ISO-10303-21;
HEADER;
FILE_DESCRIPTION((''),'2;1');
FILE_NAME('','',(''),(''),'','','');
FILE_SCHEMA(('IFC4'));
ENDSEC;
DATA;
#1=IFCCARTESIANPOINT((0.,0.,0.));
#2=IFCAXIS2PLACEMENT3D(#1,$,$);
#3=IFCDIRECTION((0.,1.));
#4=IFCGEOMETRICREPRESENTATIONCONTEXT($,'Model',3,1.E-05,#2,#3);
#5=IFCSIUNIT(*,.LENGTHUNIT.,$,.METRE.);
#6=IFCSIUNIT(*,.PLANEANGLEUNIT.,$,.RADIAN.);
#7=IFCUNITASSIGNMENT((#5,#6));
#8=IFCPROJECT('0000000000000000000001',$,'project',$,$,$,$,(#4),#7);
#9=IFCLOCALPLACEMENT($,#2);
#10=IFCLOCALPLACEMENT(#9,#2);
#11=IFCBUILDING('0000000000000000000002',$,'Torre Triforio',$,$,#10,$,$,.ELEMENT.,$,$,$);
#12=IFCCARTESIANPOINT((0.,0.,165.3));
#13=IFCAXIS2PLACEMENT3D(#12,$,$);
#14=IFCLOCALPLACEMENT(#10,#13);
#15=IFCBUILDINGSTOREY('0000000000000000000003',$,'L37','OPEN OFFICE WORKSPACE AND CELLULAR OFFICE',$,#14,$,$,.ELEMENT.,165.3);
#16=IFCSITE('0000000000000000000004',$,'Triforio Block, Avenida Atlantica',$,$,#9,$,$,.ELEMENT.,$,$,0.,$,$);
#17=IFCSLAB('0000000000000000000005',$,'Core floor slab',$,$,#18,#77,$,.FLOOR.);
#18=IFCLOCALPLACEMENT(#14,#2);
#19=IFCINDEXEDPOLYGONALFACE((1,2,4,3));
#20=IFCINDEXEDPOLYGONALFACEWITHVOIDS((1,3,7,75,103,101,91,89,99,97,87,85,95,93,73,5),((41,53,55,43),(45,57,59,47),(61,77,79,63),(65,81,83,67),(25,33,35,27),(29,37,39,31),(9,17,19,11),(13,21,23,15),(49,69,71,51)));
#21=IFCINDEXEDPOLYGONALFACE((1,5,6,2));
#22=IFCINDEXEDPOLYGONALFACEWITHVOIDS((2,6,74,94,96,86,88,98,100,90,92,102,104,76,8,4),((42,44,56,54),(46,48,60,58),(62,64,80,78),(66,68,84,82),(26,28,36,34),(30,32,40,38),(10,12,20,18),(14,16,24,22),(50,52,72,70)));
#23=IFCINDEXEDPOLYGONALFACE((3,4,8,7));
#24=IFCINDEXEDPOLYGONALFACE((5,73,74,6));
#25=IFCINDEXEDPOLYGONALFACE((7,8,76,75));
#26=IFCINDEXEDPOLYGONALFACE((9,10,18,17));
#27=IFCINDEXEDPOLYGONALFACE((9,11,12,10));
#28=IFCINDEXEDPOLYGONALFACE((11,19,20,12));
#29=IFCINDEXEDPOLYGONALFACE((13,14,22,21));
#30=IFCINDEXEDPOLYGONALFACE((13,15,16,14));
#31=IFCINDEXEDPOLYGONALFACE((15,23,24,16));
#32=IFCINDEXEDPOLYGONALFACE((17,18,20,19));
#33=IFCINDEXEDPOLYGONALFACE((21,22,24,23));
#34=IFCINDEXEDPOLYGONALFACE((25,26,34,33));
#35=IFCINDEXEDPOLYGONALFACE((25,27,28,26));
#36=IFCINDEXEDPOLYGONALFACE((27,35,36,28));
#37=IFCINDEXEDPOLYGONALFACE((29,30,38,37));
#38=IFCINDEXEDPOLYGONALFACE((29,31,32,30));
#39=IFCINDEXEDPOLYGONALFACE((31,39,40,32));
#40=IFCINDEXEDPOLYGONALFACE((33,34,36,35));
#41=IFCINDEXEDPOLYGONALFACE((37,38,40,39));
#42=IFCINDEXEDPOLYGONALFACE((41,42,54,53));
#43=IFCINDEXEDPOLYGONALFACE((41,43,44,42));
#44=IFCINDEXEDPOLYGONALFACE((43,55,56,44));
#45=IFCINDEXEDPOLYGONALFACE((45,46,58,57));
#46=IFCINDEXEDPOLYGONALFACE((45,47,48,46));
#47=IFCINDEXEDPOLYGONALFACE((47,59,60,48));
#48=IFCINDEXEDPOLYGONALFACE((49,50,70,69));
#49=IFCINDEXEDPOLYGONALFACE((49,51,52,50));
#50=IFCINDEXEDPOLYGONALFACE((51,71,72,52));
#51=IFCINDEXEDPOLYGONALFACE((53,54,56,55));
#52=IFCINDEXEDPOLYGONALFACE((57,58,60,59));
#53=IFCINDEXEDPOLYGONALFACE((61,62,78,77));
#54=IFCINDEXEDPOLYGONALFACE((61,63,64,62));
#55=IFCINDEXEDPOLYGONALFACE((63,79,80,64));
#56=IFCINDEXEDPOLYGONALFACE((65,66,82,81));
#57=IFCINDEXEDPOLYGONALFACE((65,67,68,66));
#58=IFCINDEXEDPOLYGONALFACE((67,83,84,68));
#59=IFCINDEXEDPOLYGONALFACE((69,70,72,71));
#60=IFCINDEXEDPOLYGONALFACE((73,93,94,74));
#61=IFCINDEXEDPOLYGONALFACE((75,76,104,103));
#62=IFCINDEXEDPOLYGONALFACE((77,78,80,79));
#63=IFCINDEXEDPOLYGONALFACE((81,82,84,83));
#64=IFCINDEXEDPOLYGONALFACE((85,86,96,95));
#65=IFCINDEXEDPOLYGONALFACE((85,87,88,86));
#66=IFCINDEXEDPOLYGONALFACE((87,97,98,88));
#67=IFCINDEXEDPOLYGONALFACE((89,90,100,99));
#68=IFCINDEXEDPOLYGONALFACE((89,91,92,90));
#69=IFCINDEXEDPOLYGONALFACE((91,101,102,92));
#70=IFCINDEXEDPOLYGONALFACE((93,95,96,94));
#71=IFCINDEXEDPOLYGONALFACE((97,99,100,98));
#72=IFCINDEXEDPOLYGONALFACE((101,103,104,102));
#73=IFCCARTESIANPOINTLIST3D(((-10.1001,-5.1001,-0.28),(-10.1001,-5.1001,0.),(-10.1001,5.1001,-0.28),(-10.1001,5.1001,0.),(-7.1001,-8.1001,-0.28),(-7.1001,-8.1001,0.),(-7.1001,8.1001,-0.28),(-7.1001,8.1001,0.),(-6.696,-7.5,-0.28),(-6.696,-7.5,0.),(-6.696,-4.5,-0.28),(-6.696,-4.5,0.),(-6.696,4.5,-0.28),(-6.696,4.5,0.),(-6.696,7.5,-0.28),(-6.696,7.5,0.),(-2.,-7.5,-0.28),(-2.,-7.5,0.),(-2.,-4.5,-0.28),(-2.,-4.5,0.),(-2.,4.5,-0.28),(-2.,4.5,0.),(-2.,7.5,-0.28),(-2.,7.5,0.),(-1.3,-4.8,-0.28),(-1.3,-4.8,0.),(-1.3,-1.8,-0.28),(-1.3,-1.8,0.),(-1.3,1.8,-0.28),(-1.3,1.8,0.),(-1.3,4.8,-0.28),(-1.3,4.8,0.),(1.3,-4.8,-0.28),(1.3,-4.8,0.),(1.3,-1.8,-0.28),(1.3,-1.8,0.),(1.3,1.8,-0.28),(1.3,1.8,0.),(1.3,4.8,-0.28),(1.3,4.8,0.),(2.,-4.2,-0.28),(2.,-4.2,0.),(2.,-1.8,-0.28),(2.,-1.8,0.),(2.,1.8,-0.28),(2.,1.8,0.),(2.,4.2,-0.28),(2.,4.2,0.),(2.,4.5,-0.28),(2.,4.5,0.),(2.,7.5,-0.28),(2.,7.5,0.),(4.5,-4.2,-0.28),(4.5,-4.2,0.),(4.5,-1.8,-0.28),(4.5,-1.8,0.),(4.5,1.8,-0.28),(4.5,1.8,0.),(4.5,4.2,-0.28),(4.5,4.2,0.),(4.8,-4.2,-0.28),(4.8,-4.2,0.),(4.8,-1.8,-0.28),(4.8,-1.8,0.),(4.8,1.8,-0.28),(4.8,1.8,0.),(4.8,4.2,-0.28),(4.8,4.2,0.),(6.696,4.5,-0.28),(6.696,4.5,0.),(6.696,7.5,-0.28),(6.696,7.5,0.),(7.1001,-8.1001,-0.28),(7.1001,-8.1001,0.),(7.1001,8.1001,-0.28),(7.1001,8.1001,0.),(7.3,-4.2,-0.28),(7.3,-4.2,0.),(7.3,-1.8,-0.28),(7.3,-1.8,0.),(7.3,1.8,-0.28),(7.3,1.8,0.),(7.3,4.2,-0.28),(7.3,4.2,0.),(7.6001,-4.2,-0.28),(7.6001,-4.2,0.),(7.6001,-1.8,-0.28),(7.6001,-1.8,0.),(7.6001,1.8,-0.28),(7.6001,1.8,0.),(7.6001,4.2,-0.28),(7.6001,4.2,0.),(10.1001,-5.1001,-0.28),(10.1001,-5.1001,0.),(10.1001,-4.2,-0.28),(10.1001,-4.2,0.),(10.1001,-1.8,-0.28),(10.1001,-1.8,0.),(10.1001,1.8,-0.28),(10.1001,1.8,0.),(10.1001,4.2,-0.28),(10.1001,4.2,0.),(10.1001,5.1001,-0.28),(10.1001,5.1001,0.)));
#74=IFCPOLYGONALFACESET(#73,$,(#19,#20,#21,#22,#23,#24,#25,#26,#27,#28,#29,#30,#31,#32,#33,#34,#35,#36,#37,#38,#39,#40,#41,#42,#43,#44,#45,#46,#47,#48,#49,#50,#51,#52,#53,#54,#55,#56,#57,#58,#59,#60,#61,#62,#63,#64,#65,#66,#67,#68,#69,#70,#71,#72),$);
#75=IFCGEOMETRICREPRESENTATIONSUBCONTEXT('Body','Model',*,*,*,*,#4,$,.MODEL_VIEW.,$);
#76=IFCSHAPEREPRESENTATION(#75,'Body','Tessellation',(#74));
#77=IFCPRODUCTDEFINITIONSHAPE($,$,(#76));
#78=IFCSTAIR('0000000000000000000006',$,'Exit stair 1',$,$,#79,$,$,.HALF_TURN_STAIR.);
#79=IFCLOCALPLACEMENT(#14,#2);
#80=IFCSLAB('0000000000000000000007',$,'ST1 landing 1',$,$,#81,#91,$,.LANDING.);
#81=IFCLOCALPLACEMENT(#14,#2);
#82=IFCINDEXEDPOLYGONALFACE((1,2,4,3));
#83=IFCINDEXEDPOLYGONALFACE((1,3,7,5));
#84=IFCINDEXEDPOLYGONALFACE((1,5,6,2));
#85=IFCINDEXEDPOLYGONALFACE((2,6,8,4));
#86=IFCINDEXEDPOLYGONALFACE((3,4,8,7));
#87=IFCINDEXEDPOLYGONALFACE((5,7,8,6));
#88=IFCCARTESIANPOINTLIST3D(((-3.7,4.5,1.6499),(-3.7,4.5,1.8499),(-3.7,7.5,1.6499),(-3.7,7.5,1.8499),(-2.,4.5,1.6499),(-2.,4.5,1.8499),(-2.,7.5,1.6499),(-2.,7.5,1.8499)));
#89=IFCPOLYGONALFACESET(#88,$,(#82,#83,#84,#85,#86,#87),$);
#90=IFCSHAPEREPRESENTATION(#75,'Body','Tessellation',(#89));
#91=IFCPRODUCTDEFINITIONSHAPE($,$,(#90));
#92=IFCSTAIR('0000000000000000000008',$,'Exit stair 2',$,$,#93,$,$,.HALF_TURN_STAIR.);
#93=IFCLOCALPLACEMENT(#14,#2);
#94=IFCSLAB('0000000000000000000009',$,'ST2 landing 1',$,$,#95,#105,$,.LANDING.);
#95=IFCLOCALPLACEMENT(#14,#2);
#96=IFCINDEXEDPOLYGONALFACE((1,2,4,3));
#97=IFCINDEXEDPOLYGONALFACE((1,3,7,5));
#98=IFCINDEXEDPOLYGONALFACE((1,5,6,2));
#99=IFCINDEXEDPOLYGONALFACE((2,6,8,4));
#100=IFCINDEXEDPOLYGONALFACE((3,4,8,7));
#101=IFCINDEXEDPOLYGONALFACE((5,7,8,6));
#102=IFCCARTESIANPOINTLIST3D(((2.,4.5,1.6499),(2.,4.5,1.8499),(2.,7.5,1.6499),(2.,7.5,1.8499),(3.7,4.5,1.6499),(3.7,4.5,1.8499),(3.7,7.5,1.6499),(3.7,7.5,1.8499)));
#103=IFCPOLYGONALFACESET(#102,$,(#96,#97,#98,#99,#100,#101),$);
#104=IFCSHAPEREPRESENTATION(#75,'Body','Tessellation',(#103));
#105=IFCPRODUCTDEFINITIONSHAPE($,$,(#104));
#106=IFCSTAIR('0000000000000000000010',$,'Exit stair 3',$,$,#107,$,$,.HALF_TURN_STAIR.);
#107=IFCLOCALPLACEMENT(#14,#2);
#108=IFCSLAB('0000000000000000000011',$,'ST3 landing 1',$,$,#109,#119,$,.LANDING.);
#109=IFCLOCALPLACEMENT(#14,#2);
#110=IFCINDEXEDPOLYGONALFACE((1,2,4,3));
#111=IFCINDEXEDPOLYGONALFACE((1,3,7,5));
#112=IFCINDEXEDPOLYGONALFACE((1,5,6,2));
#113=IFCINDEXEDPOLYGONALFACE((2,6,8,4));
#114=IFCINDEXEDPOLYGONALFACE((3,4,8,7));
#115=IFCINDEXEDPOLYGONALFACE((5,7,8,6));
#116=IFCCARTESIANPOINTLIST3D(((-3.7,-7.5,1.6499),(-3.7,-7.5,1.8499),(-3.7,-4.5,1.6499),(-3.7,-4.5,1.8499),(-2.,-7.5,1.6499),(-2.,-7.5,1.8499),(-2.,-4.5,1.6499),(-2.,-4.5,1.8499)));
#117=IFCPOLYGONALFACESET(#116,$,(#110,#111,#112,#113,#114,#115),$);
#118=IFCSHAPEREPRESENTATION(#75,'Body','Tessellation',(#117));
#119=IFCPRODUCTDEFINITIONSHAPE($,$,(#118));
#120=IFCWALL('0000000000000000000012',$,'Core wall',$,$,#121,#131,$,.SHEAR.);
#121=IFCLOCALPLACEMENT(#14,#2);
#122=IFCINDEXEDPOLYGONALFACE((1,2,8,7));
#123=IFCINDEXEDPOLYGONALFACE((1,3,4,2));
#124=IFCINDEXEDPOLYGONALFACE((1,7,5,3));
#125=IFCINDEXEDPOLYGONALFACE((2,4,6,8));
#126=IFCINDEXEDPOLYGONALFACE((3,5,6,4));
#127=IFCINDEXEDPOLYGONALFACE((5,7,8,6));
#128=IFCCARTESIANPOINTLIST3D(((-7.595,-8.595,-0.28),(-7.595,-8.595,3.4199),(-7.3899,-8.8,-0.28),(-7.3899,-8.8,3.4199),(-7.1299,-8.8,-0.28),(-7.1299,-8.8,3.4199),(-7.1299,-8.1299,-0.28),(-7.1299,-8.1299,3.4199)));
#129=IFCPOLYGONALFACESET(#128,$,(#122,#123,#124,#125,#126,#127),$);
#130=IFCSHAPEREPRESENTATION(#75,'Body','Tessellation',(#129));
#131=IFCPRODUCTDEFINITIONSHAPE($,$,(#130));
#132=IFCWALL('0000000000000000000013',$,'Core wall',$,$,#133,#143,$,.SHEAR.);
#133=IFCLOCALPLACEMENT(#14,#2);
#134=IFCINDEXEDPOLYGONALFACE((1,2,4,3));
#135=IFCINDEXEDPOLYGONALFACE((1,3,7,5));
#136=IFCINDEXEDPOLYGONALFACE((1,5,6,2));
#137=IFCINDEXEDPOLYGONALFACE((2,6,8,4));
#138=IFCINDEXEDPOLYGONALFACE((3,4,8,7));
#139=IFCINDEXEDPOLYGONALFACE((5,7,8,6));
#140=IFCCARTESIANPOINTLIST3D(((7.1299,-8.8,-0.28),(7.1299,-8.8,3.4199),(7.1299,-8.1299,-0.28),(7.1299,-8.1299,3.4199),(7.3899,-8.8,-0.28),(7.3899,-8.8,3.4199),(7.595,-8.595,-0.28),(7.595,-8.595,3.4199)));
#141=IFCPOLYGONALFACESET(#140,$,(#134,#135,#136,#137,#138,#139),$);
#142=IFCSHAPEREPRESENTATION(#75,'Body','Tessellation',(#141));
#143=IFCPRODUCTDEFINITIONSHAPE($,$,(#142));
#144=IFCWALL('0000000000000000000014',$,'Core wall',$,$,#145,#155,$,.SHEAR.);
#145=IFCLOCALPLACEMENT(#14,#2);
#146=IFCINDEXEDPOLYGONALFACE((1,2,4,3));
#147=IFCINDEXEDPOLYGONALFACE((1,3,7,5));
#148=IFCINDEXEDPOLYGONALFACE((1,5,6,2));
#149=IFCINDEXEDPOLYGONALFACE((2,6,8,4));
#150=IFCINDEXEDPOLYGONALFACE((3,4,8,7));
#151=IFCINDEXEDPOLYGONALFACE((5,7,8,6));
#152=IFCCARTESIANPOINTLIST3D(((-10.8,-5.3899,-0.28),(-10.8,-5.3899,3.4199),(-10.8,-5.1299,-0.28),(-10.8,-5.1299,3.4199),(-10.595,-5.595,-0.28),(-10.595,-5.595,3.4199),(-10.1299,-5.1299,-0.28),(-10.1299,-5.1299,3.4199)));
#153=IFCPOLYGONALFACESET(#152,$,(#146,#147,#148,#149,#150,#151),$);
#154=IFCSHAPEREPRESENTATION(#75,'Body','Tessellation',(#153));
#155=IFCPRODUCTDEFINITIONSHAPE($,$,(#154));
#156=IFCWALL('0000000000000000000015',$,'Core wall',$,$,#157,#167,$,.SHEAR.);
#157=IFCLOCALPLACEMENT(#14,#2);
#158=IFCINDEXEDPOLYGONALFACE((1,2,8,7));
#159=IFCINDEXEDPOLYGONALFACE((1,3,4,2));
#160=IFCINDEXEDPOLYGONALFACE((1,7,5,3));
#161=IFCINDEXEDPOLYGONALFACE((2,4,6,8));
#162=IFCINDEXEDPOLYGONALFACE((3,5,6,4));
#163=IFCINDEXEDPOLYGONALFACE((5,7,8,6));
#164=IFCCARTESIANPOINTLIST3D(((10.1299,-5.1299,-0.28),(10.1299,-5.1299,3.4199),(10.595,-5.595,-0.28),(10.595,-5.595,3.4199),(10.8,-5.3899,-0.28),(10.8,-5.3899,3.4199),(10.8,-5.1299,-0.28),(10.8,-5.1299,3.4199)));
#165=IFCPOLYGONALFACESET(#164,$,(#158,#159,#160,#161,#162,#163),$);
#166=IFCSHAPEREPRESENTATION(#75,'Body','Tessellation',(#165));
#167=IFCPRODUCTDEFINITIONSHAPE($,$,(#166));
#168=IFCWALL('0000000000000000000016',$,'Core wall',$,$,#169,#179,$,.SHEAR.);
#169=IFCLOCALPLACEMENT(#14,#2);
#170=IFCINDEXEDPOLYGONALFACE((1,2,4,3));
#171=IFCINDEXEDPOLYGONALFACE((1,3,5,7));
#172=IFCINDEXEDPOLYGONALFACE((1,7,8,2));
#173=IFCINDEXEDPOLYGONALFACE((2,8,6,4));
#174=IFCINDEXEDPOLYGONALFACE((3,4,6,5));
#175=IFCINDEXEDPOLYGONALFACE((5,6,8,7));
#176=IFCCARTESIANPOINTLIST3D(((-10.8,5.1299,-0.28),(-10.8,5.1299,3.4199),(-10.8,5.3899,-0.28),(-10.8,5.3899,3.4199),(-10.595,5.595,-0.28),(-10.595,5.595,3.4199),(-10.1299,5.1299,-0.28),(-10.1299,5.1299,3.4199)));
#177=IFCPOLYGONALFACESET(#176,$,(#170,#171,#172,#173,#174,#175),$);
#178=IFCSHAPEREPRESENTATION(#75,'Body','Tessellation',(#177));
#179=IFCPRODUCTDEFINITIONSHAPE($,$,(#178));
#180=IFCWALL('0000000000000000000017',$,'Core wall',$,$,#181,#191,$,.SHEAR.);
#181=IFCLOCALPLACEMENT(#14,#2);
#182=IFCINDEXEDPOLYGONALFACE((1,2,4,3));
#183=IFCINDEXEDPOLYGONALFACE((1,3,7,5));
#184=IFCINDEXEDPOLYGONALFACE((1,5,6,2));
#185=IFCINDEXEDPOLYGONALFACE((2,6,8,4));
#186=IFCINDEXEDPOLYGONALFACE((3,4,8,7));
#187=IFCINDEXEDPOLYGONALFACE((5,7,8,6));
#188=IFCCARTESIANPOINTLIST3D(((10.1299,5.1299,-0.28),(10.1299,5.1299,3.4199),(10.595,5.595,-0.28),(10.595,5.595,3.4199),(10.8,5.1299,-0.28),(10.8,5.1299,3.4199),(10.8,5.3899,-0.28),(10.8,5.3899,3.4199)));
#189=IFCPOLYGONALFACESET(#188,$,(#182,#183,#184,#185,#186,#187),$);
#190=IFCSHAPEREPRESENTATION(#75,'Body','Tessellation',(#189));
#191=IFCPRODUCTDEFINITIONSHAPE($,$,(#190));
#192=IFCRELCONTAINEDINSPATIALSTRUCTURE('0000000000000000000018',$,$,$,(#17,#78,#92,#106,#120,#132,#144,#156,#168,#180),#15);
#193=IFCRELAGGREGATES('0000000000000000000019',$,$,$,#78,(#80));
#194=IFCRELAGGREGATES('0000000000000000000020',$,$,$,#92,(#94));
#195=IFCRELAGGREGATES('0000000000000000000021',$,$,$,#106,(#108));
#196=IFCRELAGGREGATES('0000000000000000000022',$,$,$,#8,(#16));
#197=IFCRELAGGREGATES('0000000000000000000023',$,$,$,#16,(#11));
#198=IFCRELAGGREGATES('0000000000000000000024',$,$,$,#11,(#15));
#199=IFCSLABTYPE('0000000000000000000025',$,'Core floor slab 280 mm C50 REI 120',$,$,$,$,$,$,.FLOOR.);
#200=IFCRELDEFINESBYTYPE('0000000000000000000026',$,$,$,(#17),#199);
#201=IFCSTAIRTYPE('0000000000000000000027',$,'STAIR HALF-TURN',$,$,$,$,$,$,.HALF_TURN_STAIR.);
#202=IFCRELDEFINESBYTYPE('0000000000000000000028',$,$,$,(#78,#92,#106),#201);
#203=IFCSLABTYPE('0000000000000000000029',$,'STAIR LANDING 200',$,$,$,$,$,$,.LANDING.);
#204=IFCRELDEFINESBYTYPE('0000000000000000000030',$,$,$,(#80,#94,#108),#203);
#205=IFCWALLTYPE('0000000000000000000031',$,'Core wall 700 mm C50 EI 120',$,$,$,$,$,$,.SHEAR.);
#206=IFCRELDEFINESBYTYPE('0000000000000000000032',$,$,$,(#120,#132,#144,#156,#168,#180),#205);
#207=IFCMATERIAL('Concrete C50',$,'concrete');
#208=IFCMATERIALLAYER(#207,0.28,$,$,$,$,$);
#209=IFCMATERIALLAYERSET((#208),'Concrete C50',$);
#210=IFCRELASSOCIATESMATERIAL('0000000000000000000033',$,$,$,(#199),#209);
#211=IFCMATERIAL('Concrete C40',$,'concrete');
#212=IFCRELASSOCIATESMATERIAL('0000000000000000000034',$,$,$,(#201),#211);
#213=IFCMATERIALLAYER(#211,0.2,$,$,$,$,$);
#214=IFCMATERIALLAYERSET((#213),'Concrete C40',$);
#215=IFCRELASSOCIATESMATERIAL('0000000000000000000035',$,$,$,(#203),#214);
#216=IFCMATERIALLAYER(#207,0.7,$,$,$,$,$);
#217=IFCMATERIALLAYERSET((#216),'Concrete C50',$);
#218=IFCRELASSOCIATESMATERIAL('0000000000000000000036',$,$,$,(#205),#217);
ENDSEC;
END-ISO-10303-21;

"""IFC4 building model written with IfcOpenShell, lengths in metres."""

from ifc_helpers import new_model, si_unit, direction, frame, origin, place, context, subcontext, project, spatial, polyline, outline, extrude, material, layer, layer_set, type_object, element, aggregate, save


model = new_model("IFC4")

# Units and contexts
model_context = context("Model", 3, precision=1e-05, world=origin(), true_north=direction((0.0, 1.0)))
body_context = subcontext(model_context, "Body", "Model", "MODEL_VIEW")
ifc_project = project(units=[si_unit("LENGTHUNIT", "METRE"), si_unit("PLANEANGLEUNIT", "RADIAN")], contexts=[model_context])

# Site, building, storey
site_placement = place(None, origin())
site = spatial("IfcSite", under=ifc_project, at=site_placement, Name="Triforio Block, Avenida Atlantica", CompositionType="ELEMENT", RefElevation=0.0)
building_placement = place(site_placement, origin())
building = spatial("IfcBuilding", under=site, at=building_placement, Name="Torre Triforio", CompositionType="ELEMENT")
storey_placement = place(building_placement, frame((0.0, 0.0, 165.3)))
storey = spatial("IfcBuildingStorey", under=building, at=storey_placement, Name="L37", Description="OPEN OFFICE WORKSPACE AND CELLULAR OFFICE", CompositionType="ELEMENT", Elevation=165.3)

# Slab
ifc_material_1 = material(Name="Concrete C50", Category="concrete")
ifc_layer_1 = layer(ifc_material_1, 0.28)
ifc_layer_set_1 = layer_set([ifc_layer_1], Name="Concrete C50")
slab_type_1 = type_object("IfcSlabType", Name="Core floor slab 280 mm C50 REI 120", PredefinedType="FLOOR", material=ifc_layer_set_1)
slab_1_placement = place(storey_placement, frame((0.0, 0.0, -0.28)))
element("IfcSlab", 1, at=slab_1_placement, inside=storey, type_object=slab_type_1, Name="Core floor slab", PredefinedType="FLOOR", context=body_context, shape_type="SweptSolid", body=[
    extrude(outline(polyline([(10.1001, -5.1001), (7.1001, -8.1001), (-7.1001, -8.1001), (-10.1001, -5.1001), (-10.1001, 5.1001), (-7.1001, 8.1001), (7.1001, 8.1001), (10.1001, 5.1001), (10.1001, 4.2), (7.6001, 4.2), (7.6001, 1.8), (10.1001, 1.8), (10.1001, -1.8), (7.6001, -1.8), (7.6001, -4.2), (10.1001, -4.2), (10.1001, -5.1001)]), holes=[polyline([(-6.696, -4.5), (-6.696, -7.5), (-2.0, -7.5), (-2.0, -4.5), (-6.696, -4.5)]), polyline([(-1.3, -1.8), (-1.3, -4.8), (1.3, -4.8), (1.3, -1.8), (-1.3, -1.8)]), polyline([(2.0, -1.8), (2.0, -4.2), (4.5, -4.2), (4.5, -1.8), (2.0, -1.8)]), polyline([(4.5, 4.2), (2.0, 4.2), (2.0, 1.8), (4.5, 1.8), (4.5, 4.2)]), polyline([(1.3, 4.8), (-1.3, 4.8), (-1.3, 1.8), (1.3, 1.8), (1.3, 4.8)]), polyline([(-6.696, 7.5), (-6.696, 4.5), (-2.0, 4.5), (-2.0, 7.5), (-6.696, 7.5)]), polyline([(7.3, -1.8), (4.8, -1.8), (4.8, -4.2), (7.3, -4.2), (7.3, -1.8)]), polyline([(4.8, 4.2), (4.8, 1.8), (7.3, 1.8), (7.3, 4.2), (4.8, 4.2)]), polyline([(6.696, 7.5), (2.0, 7.5), (2.0, 4.5), (6.696, 4.5), (6.696, 7.5)])]), origin(), (0.0, 0.0, 1.0), 0.28),
])

# Stairs, slabs
ifc_material_2 = material(Name="Concrete C40", Category="concrete")
stair_type = type_object("IfcStairType", Name="STAIR HALF-TURN", PredefinedType="HALF_TURN_STAIR", material=ifc_material_2)
stair_1_placement = place(storey_placement, origin())
stair_1 = element("IfcStair", 2, at=stair_1_placement, inside=storey, type_object=stair_type, Name="Exit stair 1", PredefinedType="HALF_TURN_STAIR")
ifc_layer_2 = layer(ifc_material_2, 0.2)
ifc_layer_set_2 = layer_set([ifc_layer_2], Name="Concrete C40")
slab_type_2 = type_object("IfcSlabType", Name="STAIR LANDING 200", PredefinedType="LANDING", material=ifc_layer_set_2)
slab_2_placement = place(storey_placement, frame((0.0, 0.0, 1.6499)))
slab_2 = element("IfcSlab", 3, at=slab_2_placement, type_object=slab_type_2, Name="ST1 landing 1", PredefinedType="LANDING", context=body_context, shape_type="SweptSolid", body=[
    extrude(outline(polyline([(-2.0, 4.5), (-2.0, 7.5), (-3.7, 7.5), (-3.7, 4.5), (-2.0, 4.5)])), origin(), (0.0, 0.0, 1.0), 0.2),
])
aggregate(stair_1, [slab_2])
stair_2_placement = place(storey_placement, origin())
stair_2 = element("IfcStair", 4, at=stair_2_placement, inside=storey, type_object=stair_type, Name="Exit stair 2", PredefinedType="HALF_TURN_STAIR")
slab_3_placement = place(storey_placement, frame((0.0, 0.0, 1.6499)))
slab_3 = element("IfcSlab", 5, at=slab_3_placement, type_object=slab_type_2, Name="ST2 landing 1", PredefinedType="LANDING", context=body_context, shape_type="SweptSolid", body=[
    extrude(outline(polyline([(3.7, 4.5), (3.7, 7.5), (2.0, 7.5), (2.0, 4.5), (3.7, 4.5)])), origin(), (0.0, 0.0, 1.0), 0.2),
])
aggregate(stair_2, [slab_3])
stair_3_placement = place(storey_placement, origin())
stair_3 = element("IfcStair", 6, at=stair_3_placement, inside=storey, type_object=stair_type, Name="Exit stair 3", PredefinedType="HALF_TURN_STAIR")
slab_4_placement = place(storey_placement, frame((0.0, 0.0, 1.6499)))
slab_4 = element("IfcSlab", 7, at=slab_4_placement, type_object=slab_type_2, Name="ST3 landing 1", PredefinedType="LANDING", context=body_context, shape_type="SweptSolid", body=[
    extrude(outline(polyline([(-2.0, -7.5), (-2.0, -4.5), (-3.7, -4.5), (-3.7, -7.5), (-2.0, -7.5)])), origin(), (0.0, 0.0, 1.0), 0.2),
])
aggregate(stair_3, [slab_4])

# Walls
ifc_layer_3 = layer(ifc_material_1, 0.7)
ifc_layer_set_3 = layer_set([ifc_layer_3], Name="Concrete C50")
wall_type_1 = type_object("IfcWallType", Name="Core wall 700 mm C50 EI 120", PredefinedType="SHEAR", material=ifc_layer_set_3)
wall_1_placement = place(storey_placement, frame((0.0, 0.0, -0.28)))
element("IfcWall", 8, at=wall_1_placement, inside=storey, type_object=wall_type_1, Name="Core wall", PredefinedType="SHEAR", context=body_context, shape_type="SweptSolid", body=[
    extrude(outline(polyline([(-7.3899, -8.8), (-7.595, -8.595), (-7.595, -8.595), (-7.595, -8.595), (-7.1299, -8.1299), (-7.1299, -8.8), (-7.1299, -8.8), (-7.3899, -8.8)])), origin(), (0.0, 0.0, 1.0), 3.7),
])
wall_2_placement = place(storey_placement, frame((0.0, 0.0, -0.28)))
element("IfcWall", 9, at=wall_2_placement, inside=storey, type_object=wall_type_1, Name="Core wall", PredefinedType="SHEAR", context=body_context, shape_type="SweptSolid", body=[
    extrude(outline(polyline([(7.3899, -8.8), (7.1299, -8.8), (7.1299, -8.8), (7.1299, -8.1299), (7.595, -8.595), (7.595, -8.595), (7.595, -8.595), (7.3899, -8.8)])), origin(), (0.0, 0.0, 1.0), 3.7),
])
wall_3_placement = place(storey_placement, frame((0.0, 0.0, -0.28)))
element("IfcWall", 10, at=wall_3_placement, inside=storey, type_object=wall_type_1, Name="Core wall", PredefinedType="SHEAR", context=body_context, shape_type="SweptSolid", body=[
    extrude(outline(polyline([(-10.8, -5.3899), (-10.8, -5.1299), (-10.8, -5.1299), (-10.1299, -5.1299), (-10.595, -5.595), (-10.595, -5.595), (-10.595, -5.595), (-10.8, -5.3899)])), origin(), (0.0, 0.0, 1.0), 3.7),
])
wall_4_placement = place(storey_placement, frame((0.0, 0.0, -0.28)))
element("IfcWall", 11, at=wall_4_placement, inside=storey, type_object=wall_type_1, Name="Core wall", PredefinedType="SHEAR", context=body_context, shape_type="SweptSolid", body=[
    extrude(outline(polyline([(10.8, -5.3899), (10.595, -5.595), (10.595, -5.595), (10.595, -5.595), (10.1299, -5.1299), (10.8, -5.1299), (10.8, -5.1299), (10.8, -5.3899)])), origin(), (0.0, 0.0, 1.0), 3.7),
])
wall_5_placement = place(storey_placement, frame((0.0, 0.0, -0.28)))
element("IfcWall", 12, at=wall_5_placement, inside=storey, type_object=wall_type_1, Name="Core wall", PredefinedType="SHEAR", context=body_context, shape_type="SweptSolid", body=[
    extrude(outline(polyline([(-10.595, 5.595), (-10.595, 5.595), (-10.595, 5.595), (-10.1299, 5.1299), (-10.8, 5.1299), (-10.8, 5.1299), (-10.8, 5.3899), (-10.595, 5.595)])), origin(), (0.0, 0.0, 1.0), 3.7),
])
wall_6_placement = place(storey_placement, frame((0.0, 0.0, -0.28)))
element("IfcWall", 13, at=wall_6_placement, inside=storey, type_object=wall_type_1, Name="Core wall", PredefinedType="SHEAR", context=body_context, shape_type="SweptSolid", body=[
    extrude(outline(polyline([(10.8, 5.3899), (10.8, 5.1299), (10.8, 5.1299), (10.1299, 5.1299), (10.595, 5.595), (10.595, 5.595), (10.595, 5.595), (10.8, 5.3899)])), origin(), (0.0, 0.0, 1.0), 3.7),
])

save(model, "model.ifc")
